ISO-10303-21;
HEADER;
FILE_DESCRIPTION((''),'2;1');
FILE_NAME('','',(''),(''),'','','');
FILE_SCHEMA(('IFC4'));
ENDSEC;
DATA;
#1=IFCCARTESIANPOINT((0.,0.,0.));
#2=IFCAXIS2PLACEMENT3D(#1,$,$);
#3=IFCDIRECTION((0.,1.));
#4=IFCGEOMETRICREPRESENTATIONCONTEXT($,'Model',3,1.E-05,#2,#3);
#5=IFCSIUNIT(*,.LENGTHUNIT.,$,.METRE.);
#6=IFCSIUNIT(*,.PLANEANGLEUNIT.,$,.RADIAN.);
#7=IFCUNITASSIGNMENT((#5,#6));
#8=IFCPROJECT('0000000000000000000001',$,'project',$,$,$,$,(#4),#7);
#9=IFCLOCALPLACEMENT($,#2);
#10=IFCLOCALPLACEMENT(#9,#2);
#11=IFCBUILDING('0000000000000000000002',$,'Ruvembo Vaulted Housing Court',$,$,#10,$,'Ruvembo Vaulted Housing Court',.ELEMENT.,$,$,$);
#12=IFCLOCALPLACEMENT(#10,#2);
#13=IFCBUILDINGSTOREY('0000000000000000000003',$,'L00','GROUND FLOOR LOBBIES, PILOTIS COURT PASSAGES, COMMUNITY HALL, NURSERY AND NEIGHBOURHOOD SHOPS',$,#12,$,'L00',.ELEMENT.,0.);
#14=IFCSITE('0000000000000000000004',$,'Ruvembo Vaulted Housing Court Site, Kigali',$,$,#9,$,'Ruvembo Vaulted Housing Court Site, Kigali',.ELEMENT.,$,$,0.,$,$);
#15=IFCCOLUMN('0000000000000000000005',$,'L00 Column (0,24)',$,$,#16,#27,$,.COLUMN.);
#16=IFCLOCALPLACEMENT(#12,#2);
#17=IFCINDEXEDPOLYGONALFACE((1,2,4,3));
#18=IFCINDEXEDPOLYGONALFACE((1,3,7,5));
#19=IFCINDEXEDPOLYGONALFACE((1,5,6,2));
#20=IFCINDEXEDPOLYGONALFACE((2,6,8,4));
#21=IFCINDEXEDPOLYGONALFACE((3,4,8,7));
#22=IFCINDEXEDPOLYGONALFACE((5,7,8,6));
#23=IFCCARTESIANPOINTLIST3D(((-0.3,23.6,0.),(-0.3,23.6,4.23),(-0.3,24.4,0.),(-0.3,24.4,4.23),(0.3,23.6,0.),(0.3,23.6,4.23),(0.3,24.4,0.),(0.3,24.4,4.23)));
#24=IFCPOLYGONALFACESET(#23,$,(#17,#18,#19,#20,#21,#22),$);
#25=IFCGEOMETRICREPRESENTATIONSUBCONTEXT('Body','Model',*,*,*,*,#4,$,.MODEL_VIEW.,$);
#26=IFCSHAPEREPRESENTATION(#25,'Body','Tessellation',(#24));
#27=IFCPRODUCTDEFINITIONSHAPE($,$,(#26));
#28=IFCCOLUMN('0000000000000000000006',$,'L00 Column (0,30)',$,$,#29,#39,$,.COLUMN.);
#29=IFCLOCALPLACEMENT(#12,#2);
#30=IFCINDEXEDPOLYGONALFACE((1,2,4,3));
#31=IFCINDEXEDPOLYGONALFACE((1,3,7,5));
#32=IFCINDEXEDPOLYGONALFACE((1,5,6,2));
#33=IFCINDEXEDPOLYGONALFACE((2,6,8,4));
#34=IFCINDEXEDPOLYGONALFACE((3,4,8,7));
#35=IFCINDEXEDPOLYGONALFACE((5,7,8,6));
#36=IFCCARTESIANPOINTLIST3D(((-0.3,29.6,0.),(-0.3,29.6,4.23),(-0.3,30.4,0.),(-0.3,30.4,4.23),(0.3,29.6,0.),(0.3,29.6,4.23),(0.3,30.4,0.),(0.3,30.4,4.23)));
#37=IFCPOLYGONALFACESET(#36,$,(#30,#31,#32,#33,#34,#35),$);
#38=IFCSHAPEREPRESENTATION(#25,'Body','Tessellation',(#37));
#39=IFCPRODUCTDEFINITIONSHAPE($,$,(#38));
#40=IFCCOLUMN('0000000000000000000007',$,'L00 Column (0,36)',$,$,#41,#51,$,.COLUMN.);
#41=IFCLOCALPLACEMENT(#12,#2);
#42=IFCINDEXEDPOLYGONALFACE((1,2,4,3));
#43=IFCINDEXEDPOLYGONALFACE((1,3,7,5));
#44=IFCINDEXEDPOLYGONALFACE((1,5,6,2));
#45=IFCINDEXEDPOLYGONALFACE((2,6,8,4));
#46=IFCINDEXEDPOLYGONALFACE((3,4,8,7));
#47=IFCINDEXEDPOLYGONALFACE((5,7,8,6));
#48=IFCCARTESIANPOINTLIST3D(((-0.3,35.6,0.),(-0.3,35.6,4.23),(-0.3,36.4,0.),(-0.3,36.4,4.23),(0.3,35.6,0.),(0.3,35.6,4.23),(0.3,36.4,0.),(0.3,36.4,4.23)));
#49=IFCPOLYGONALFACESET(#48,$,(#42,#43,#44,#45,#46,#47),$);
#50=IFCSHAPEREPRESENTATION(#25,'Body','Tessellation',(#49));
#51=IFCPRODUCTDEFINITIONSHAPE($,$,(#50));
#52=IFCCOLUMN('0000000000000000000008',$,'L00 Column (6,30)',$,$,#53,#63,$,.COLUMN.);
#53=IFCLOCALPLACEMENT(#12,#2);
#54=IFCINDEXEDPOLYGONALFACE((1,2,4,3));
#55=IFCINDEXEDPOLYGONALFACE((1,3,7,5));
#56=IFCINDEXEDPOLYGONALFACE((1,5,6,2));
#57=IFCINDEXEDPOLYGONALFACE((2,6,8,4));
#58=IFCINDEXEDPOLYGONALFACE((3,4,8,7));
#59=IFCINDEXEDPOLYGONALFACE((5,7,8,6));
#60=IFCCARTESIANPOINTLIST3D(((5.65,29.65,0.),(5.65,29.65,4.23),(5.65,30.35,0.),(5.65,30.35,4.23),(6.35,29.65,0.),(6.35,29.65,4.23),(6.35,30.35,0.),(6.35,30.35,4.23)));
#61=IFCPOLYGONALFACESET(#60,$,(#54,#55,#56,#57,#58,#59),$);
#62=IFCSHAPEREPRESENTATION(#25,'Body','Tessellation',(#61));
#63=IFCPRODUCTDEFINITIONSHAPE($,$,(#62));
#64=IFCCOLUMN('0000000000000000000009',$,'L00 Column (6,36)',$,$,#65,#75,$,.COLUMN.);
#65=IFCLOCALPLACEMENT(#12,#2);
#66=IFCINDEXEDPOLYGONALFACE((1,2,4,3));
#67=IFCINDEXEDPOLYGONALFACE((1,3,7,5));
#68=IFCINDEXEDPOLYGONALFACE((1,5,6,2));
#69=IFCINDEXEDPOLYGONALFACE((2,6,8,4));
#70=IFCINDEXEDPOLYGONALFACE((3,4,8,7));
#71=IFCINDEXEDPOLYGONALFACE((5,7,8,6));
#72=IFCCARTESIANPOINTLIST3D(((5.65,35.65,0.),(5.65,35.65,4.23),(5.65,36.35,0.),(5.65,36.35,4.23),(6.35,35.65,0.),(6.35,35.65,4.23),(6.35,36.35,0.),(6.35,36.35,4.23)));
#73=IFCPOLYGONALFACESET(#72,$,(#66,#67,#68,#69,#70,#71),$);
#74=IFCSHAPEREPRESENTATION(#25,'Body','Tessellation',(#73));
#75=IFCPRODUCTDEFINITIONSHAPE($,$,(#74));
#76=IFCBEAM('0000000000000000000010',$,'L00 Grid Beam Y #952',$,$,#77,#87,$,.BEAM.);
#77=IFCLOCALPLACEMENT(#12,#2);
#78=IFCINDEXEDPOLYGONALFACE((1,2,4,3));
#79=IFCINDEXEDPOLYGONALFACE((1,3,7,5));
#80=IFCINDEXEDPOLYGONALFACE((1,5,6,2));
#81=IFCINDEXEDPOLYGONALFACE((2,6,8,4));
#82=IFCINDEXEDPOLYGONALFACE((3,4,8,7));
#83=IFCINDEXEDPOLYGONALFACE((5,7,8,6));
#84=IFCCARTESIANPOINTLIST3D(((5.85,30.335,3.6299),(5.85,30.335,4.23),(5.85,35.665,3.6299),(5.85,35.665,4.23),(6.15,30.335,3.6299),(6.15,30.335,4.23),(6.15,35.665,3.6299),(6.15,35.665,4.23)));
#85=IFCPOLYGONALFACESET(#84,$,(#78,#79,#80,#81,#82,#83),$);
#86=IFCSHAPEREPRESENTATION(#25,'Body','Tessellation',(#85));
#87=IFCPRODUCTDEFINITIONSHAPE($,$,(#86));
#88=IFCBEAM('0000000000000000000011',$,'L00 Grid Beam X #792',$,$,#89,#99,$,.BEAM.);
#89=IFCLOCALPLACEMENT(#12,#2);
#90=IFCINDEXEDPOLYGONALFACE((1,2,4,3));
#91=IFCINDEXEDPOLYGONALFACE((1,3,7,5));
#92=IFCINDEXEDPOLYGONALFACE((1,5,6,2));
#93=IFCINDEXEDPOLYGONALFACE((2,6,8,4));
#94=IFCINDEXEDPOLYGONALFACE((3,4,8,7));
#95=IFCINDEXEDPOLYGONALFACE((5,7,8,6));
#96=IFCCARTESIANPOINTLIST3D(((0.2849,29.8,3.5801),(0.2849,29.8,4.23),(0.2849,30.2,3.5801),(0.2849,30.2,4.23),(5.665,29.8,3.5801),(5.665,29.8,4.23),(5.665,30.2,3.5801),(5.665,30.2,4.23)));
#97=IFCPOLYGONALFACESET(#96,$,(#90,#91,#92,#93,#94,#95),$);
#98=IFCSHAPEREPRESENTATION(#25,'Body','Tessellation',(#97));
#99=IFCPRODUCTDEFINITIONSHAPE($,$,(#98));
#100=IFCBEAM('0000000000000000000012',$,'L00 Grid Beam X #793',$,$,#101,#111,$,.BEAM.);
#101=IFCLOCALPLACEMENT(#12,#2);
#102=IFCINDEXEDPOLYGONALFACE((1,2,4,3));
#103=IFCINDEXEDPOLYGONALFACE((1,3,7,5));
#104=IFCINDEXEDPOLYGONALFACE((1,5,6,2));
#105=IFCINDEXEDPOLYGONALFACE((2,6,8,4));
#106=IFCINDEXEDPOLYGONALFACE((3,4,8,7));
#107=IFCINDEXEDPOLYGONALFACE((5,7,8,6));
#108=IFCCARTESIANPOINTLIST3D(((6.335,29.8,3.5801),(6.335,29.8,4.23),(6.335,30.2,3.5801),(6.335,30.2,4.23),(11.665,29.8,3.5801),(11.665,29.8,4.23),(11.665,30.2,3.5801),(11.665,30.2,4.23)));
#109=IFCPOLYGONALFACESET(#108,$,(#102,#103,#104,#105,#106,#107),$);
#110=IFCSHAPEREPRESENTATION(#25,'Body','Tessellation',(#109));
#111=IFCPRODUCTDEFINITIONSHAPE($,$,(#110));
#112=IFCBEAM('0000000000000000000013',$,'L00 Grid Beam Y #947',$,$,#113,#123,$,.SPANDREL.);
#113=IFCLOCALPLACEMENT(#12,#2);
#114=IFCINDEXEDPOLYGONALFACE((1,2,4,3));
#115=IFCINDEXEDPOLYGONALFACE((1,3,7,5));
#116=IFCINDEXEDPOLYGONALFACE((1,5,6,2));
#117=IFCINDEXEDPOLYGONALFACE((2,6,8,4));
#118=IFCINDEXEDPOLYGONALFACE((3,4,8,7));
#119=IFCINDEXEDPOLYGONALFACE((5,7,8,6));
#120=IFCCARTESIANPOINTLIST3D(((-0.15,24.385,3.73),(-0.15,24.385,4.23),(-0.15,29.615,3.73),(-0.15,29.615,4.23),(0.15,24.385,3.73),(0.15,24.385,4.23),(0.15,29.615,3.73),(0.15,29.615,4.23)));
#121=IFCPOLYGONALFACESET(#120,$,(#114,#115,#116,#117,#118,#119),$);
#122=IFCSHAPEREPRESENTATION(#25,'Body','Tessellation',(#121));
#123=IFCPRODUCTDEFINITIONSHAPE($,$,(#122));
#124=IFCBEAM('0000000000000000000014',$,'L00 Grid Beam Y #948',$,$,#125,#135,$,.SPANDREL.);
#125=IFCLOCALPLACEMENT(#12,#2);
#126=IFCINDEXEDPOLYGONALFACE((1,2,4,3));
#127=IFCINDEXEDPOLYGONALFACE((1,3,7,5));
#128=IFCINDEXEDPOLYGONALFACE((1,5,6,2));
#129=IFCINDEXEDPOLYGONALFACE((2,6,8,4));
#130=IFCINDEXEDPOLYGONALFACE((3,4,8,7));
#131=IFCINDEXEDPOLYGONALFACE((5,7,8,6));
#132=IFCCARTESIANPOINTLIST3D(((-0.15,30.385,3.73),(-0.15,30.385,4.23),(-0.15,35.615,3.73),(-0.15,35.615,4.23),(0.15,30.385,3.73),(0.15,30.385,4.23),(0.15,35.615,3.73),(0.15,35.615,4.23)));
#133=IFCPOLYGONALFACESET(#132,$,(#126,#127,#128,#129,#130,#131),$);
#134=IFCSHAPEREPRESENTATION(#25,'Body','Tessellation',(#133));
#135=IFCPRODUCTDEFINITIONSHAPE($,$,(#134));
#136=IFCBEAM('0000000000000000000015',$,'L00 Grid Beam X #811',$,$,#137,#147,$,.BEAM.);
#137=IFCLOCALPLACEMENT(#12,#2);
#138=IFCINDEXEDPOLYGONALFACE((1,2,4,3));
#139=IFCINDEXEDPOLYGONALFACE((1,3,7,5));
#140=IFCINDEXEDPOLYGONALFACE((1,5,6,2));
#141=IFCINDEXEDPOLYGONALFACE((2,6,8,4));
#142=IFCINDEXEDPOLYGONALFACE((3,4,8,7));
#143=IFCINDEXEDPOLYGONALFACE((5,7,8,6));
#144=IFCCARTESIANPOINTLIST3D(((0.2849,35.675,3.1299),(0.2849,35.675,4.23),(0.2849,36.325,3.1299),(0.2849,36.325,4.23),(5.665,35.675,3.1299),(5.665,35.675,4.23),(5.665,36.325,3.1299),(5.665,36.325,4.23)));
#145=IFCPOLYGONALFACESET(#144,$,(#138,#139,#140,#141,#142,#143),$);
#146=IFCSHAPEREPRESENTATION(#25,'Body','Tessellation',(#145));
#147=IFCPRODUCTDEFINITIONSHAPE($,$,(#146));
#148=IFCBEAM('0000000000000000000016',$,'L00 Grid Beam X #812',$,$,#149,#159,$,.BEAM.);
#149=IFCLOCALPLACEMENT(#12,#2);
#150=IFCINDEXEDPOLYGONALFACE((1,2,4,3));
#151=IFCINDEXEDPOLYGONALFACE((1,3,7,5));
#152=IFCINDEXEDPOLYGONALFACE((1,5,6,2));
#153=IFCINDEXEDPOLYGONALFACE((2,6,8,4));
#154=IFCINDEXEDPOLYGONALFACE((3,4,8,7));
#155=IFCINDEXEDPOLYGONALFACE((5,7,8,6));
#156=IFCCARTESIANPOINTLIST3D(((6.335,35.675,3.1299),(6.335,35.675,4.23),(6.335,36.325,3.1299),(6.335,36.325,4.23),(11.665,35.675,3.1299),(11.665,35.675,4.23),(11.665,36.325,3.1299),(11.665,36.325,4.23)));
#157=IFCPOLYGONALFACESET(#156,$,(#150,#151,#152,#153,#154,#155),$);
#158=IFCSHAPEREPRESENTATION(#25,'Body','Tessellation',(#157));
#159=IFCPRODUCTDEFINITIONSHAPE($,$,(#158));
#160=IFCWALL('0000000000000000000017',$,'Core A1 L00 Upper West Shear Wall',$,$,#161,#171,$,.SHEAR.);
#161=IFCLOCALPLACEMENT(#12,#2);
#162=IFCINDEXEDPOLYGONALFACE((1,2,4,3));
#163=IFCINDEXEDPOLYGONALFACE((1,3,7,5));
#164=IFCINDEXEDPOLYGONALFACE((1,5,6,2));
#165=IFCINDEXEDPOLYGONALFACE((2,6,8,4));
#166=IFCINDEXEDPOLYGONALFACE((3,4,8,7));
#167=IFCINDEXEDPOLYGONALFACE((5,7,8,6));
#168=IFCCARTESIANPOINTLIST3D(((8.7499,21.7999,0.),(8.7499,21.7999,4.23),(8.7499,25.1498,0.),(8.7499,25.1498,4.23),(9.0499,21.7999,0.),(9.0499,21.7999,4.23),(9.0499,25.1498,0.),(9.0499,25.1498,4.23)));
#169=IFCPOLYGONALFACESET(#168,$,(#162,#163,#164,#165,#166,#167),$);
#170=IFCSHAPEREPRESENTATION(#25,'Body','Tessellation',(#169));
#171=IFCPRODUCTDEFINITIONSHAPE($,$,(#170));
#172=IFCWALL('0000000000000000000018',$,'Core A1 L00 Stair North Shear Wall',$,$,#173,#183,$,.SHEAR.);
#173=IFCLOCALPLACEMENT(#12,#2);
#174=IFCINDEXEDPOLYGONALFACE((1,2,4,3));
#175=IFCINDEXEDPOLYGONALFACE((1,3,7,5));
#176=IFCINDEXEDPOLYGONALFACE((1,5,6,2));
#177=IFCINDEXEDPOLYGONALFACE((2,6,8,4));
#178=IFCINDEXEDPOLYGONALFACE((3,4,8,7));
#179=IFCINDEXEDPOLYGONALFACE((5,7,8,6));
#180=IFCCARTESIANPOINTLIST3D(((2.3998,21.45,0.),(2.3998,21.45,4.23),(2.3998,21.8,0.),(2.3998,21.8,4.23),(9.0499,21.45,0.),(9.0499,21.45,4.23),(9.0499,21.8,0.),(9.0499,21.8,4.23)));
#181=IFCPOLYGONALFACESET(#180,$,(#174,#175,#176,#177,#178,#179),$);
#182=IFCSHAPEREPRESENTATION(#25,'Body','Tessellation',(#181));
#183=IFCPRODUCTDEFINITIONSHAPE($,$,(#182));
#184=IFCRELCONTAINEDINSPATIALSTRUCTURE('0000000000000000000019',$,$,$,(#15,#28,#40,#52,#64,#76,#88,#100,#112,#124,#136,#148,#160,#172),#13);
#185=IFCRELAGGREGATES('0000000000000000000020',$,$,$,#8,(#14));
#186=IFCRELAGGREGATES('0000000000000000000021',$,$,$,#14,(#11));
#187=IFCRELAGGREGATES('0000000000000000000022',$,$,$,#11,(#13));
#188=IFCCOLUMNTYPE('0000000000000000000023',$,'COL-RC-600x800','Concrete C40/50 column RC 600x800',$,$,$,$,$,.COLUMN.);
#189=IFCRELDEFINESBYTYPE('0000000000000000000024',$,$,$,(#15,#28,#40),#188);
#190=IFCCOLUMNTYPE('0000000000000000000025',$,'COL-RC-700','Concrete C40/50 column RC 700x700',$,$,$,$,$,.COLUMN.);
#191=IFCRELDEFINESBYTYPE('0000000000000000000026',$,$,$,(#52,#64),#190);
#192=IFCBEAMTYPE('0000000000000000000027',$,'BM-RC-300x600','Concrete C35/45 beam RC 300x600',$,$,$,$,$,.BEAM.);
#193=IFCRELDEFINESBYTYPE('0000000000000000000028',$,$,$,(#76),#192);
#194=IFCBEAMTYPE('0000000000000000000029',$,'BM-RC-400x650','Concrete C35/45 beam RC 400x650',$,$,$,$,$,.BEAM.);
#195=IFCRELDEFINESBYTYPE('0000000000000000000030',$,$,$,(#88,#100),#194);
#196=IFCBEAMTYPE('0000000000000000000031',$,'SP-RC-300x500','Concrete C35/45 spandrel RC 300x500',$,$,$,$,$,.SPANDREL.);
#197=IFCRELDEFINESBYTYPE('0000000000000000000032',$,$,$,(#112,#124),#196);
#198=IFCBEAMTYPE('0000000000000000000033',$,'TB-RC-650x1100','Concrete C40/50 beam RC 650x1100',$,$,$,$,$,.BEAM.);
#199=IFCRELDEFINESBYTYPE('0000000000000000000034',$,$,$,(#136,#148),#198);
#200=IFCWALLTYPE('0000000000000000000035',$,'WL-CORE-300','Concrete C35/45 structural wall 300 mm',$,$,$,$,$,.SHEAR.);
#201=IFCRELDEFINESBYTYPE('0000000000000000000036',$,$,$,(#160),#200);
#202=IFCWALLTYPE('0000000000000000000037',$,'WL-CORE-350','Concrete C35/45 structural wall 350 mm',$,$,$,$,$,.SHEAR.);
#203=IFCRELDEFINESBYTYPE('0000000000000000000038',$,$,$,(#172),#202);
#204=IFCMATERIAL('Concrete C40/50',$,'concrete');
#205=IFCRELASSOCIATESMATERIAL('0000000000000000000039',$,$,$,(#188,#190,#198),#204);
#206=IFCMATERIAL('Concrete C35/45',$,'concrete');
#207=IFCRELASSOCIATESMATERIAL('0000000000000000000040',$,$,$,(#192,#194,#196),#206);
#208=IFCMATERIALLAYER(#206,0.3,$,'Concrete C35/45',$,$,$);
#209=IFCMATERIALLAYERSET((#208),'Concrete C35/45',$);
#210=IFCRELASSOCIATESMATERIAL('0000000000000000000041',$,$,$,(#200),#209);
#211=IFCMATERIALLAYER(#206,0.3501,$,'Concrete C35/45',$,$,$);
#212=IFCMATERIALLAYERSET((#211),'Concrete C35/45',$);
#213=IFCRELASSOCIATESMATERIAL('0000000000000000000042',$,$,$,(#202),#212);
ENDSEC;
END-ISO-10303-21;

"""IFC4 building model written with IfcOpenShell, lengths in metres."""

from ifc_helpers import new_model, si_unit, direction, frame, frame_2d, origin, origin_2d, place, context, subcontext, project, spatial, rectangle, extrude, material, layer, layer_set, material_profile, profile_set, type_object, element, save


model = new_model("IFC4")

# Units and contexts
model_context = context("Model", 3, precision=1e-05, world=origin(), true_north=direction((0.0, 1.0)))
body_context = subcontext(model_context, "Body", "Model", "MODEL_VIEW")
ifc_project = project(units=[si_unit("LENGTHUNIT", "METRE"), si_unit("PLANEANGLEUNIT", "RADIAN")], contexts=[model_context])

# Site, building, storey
site_placement = place(None, origin())
site = spatial("IfcSite", under=ifc_project, at=site_placement, Name="Ruvembo Vaulted Housing Court Site, Kigali", LongName="Ruvembo Vaulted Housing Court Site, Kigali", CompositionType="ELEMENT", RefElevation=0.0)
building_placement = place(site_placement, origin())
building = spatial("IfcBuilding", under=site, at=building_placement, Name="Ruvembo Vaulted Housing Court", LongName="Ruvembo Vaulted Housing Court", CompositionType="ELEMENT")
storey_placement = place(building_placement, origin())
storey = spatial("IfcBuildingStorey", under=building, at=storey_placement, Name="L00", Description="GROUND FLOOR LOBBIES, PILOTIS COURT PASSAGES, COMMUNITY HALL, NURSERY AND NEIGHBOURHOOD SHOPS", LongName="L00", CompositionType="ELEMENT", Elevation=0.0)

# Columns
ifc_material_1 = material(Name="Concrete C40/50", Category="concrete")
ifc_material_profile_1 = material_profile(ifc_material_1, rectangle(XDim=0.6001, YDim=0.8, at=origin_2d()), Name="RC 600x800")
ifc_profile_set_1 = profile_set([ifc_material_profile_1], Name="Concrete C40/50")
column_type_1 = type_object("IfcColumnType", Name="COL-RC-600x800", Description="Concrete C40/50 column RC 600x800", PredefinedType="COLUMN", material=ifc_profile_set_1)
for number, where, z_axis, x_axis, name in (
    (1, (0.0, 24.0, 0.0), (0.0, 0.0, 1.0), (1.0, 0.0, 0.0), "L00 Column (0,24)"),
    (2, (0.0, 30.0, 0.0), (0.0, 0.0, 1.0), (1.0, 0.0, 0.0), "L00 Column (0,30)"),
    (3, (0.0, 36.0, 0.0), (0.0, 0.0, 1.0), (1.0, 0.0, 0.0), "L00 Column (0,36)"),
):
    element("IfcColumn", number, at=place(storey_placement, frame(where, z_axis=z_axis, x_axis=x_axis)), inside=storey, type_object=column_type_1, Name=name, PredefinedType="COLUMN", context=body_context, shape_type="SweptSolid", body=[
        extrude(rectangle(XDim=0.6001, YDim=0.8, at=origin_2d()), origin(), (0.0, 0.0, 1.0), 4.23),
    ])
ifc_material_profile_2 = material_profile(ifc_material_1, rectangle(XDim=0.7, YDim=0.7, at=origin_2d()), Name="RC 700x700")
ifc_profile_set_2 = profile_set([ifc_material_profile_2], Name="Concrete C40/50")
column_type_2 = type_object("IfcColumnType", Name="COL-RC-700", Description="Concrete C40/50 column RC 700x700", PredefinedType="COLUMN", material=ifc_profile_set_2)
for number, where, z_axis, x_axis, name in (
    (4, (6.0, 30.0, 0.0), (0.0, 0.0, 1.0), (1.0, 0.0, 0.0), "L00 Column (6,30)"),
    (5, (6.0, 36.0, 0.0), (0.0, 0.0, 1.0), (1.0, 0.0, 0.0), "L00 Column (6,36)"),
):
    element("IfcColumn", number, at=place(storey_placement, frame(where, z_axis=z_axis, x_axis=x_axis)), inside=storey, type_object=column_type_2, Name=name, PredefinedType="COLUMN", context=body_context, shape_type="SweptSolid", body=[
        extrude(rectangle(XDim=0.7, YDim=0.7, at=origin_2d()), origin(), (0.0, 0.0, 1.0), 4.23),
    ])

# Beams
ifc_material_2 = material(Name="Concrete C35/45", Category="concrete")
ifc_material_profile_3 = material_profile(ifc_material_2, rectangle(XDim=0.3, YDim=0.6001, at=origin_2d()), Name="RC 300x600")
ifc_profile_set_3 = profile_set([ifc_material_profile_3], Name="Concrete C35/45")
beam_type_1 = type_object("IfcBeamType", Name="BM-RC-300x600", Description="Concrete C35/45 beam RC 300x600", PredefinedType="BEAM", material=ifc_profile_set_3)
beam_1_placement = place(storey_placement, frame((6.0, 30.335, 3.9299), z_axis=(0.0, 1.0, 0.0), x_axis=(-1.0, 0.0, 0.0)))
element("IfcBeam", 6, at=beam_1_placement, inside=storey, type_object=beam_type_1, Name="L00 Grid Beam Y #952", PredefinedType="BEAM", context=body_context, shape_type="SweptSolid", body=[
    extrude(rectangle(XDim=0.3, YDim=0.6001, at=origin_2d()), origin(), (0.0, 0.0, 1.0), 5.3301),
])
ifc_material_profile_4 = material_profile(ifc_material_2, rectangle(XDim=0.3999, YDim=0.6499, at=origin_2d()), Name="RC 400x650")
ifc_profile_set_4 = profile_set([ifc_material_profile_4], Name="Concrete C35/45")
beam_type_2 = type_object("IfcBeamType", Name="BM-RC-400x650", Description="Concrete C35/45 beam RC 400x650", PredefinedType="BEAM", material=ifc_profile_set_4)
beam_2_placement = place(storey_placement, frame((0.2849, 30.0, 3.905), z_axis=(1.0, 0.0, 0.0), x_axis=(0.0, 1.0, 0.0)))
element("IfcBeam", 7, at=beam_2_placement, inside=storey, type_object=beam_type_2, Name="L00 Grid Beam X #792", PredefinedType="BEAM", context=body_context, shape_type="SweptSolid", body=[
    extrude(rectangle(XDim=0.3999, YDim=0.6499, at=origin_2d()), origin(), (0.0, 0.0, 1.0), 5.3801),
])
beam_3_placement = place(storey_placement, frame((6.335, 30.0, 3.905), z_axis=(1.0, 0.0, 0.0), x_axis=(0.0, 1.0, 0.0)))
element("IfcBeam", 8, at=beam_3_placement, inside=storey, type_object=beam_type_2, Name="L00 Grid Beam X #793", PredefinedType="BEAM", context=body_context, shape_type="SweptSolid", body=[
    extrude(rectangle(XDim=0.3999, YDim=0.6499, at=origin_2d()), origin(), (0.0, 0.0, 1.0), 5.3301),
])
ifc_material_profile_5 = material_profile(ifc_material_2, rectangle(XDim=0.3, YDim=0.5, at=origin_2d()), Name="RC 300x500")
ifc_profile_set_5 = profile_set([ifc_material_profile_5], Name="Concrete C35/45")
beam_type_3 = type_object("IfcBeamType", Name="SP-RC-300x500", Description="Concrete C35/45 spandrel RC 300x500", PredefinedType="SPANDREL", material=ifc_profile_set_5)
for number, where, z_axis, x_axis, name in (
    (9, (0.0, 24.385, 3.98), (0.0, 1.0, 0.0), (-1.0, 0.0, 0.0), "L00 Grid Beam Y #947"),
    (10, (0.0, 30.385, 3.98), (0.0, 1.0, 0.0), (-1.0, 0.0, 0.0), "L00 Grid Beam Y #948"),
):
    element("IfcBeam", number, at=place(storey_placement, frame(where, z_axis=z_axis, x_axis=x_axis)), inside=storey, type_object=beam_type_3, Name=name, PredefinedType="SPANDREL", context=body_context, shape_type="SweptSolid", body=[
        extrude(rectangle(XDim=0.3, YDim=0.5, at=origin_2d()), origin(), (0.0, 0.0, 1.0), 5.23),
    ])
ifc_material_profile_6 = material_profile(ifc_material_1, rectangle(XDim=0.6499, YDim=1.1001, at=origin_2d()), Name="RC 650x1100")
ifc_profile_set_6 = profile_set([ifc_material_profile_6], Name="Concrete C40/50")
beam_type_4 = type_object("IfcBeamType", Name="TB-RC-650x1100", Description="Concrete C40/50 beam RC 650x1100", PredefinedType="BEAM", material=ifc_profile_set_6)
beam_4_placement = place(storey_placement, frame((0.2849, 36.0, 3.6799), z_axis=(1.0, 0.0, 0.0), x_axis=(0.0, 1.0, 0.0)))
element("IfcBeam", 11, at=beam_4_placement, inside=storey, type_object=beam_type_4, Name="L00 Grid Beam X #811", PredefinedType="BEAM", context=body_context, shape_type="SweptSolid", body=[
    extrude(rectangle(XDim=0.6499, YDim=1.1001, at=origin_2d()), origin(), (0.0, 0.0, 1.0), 5.3801),
])
beam_5_placement = place(storey_placement, frame((6.335, 36.0, 3.6799), z_axis=(1.0, 0.0, 0.0), x_axis=(0.0, 1.0, 0.0)))
element("IfcBeam", 12, at=beam_5_placement, inside=storey, type_object=beam_type_4, Name="L00 Grid Beam X #812", PredefinedType="BEAM", context=body_context, shape_type="SweptSolid", body=[
    extrude(rectangle(XDim=0.6499, YDim=1.1001, at=origin_2d()), origin(), (0.0, 0.0, 1.0), 5.3301),
])

# Walls
ifc_layer_1 = layer(ifc_material_2, 0.3, Name="Concrete C35/45")
ifc_layer_set_1 = layer_set([ifc_layer_1], Name="Concrete C35/45")
wall_type_1 = type_object("IfcWallType", Name="WL-CORE-300", Description="Concrete C35/45 structural wall 300 mm", PredefinedType="SHEAR", material=ifc_layer_set_1)
wall_1_placement = place(storey_placement, frame((8.8999, 21.8, 0.0), z_axis=(0.0, 0.0, 1.0), x_axis=(0.0, 1.0, 0.0)))
element("IfcWall", 13, at=wall_1_placement, inside=storey, type_object=wall_type_1, Name="Core A1 L00 Upper West Shear Wall", PredefinedType="SHEAR", context=body_context, shape_type="SweptSolid", body=[
    extrude(rectangle(XDim=3.3499, YDim=0.3, at=frame_2d((1.6748, 0.0))), origin(), (0.0, 0.0, 1.0), 4.23),
])
ifc_layer_2 = layer(ifc_material_2, 0.3501, Name="Concrete C35/45")
ifc_layer_set_2 = layer_set([ifc_layer_2], Name="Concrete C35/45")
wall_type_2 = type_object("IfcWallType", Name="WL-CORE-350", Description="Concrete C35/45 structural wall 350 mm", PredefinedType="SHEAR", material=ifc_layer_set_2)
wall_2_placement = place(storey_placement, frame((9.05, 21.625, 0.0), z_axis=(0.0, 0.0, 1.0), x_axis=(-1.0, 0.0, 0.0)))
element("IfcWall", 14, at=wall_2_placement, inside=storey, type_object=wall_type_2, Name="Core A1 L00 Stair North Shear Wall", PredefinedType="SHEAR", context=body_context, shape_type="SweptSolid", body=[
    extrude(rectangle(XDim=6.6501, YDim=0.3501, at=frame_2d((3.3252, 0.0))), origin(), (0.0, 0.0, 1.0), 4.23),
])

save(model, "model.ifc")
